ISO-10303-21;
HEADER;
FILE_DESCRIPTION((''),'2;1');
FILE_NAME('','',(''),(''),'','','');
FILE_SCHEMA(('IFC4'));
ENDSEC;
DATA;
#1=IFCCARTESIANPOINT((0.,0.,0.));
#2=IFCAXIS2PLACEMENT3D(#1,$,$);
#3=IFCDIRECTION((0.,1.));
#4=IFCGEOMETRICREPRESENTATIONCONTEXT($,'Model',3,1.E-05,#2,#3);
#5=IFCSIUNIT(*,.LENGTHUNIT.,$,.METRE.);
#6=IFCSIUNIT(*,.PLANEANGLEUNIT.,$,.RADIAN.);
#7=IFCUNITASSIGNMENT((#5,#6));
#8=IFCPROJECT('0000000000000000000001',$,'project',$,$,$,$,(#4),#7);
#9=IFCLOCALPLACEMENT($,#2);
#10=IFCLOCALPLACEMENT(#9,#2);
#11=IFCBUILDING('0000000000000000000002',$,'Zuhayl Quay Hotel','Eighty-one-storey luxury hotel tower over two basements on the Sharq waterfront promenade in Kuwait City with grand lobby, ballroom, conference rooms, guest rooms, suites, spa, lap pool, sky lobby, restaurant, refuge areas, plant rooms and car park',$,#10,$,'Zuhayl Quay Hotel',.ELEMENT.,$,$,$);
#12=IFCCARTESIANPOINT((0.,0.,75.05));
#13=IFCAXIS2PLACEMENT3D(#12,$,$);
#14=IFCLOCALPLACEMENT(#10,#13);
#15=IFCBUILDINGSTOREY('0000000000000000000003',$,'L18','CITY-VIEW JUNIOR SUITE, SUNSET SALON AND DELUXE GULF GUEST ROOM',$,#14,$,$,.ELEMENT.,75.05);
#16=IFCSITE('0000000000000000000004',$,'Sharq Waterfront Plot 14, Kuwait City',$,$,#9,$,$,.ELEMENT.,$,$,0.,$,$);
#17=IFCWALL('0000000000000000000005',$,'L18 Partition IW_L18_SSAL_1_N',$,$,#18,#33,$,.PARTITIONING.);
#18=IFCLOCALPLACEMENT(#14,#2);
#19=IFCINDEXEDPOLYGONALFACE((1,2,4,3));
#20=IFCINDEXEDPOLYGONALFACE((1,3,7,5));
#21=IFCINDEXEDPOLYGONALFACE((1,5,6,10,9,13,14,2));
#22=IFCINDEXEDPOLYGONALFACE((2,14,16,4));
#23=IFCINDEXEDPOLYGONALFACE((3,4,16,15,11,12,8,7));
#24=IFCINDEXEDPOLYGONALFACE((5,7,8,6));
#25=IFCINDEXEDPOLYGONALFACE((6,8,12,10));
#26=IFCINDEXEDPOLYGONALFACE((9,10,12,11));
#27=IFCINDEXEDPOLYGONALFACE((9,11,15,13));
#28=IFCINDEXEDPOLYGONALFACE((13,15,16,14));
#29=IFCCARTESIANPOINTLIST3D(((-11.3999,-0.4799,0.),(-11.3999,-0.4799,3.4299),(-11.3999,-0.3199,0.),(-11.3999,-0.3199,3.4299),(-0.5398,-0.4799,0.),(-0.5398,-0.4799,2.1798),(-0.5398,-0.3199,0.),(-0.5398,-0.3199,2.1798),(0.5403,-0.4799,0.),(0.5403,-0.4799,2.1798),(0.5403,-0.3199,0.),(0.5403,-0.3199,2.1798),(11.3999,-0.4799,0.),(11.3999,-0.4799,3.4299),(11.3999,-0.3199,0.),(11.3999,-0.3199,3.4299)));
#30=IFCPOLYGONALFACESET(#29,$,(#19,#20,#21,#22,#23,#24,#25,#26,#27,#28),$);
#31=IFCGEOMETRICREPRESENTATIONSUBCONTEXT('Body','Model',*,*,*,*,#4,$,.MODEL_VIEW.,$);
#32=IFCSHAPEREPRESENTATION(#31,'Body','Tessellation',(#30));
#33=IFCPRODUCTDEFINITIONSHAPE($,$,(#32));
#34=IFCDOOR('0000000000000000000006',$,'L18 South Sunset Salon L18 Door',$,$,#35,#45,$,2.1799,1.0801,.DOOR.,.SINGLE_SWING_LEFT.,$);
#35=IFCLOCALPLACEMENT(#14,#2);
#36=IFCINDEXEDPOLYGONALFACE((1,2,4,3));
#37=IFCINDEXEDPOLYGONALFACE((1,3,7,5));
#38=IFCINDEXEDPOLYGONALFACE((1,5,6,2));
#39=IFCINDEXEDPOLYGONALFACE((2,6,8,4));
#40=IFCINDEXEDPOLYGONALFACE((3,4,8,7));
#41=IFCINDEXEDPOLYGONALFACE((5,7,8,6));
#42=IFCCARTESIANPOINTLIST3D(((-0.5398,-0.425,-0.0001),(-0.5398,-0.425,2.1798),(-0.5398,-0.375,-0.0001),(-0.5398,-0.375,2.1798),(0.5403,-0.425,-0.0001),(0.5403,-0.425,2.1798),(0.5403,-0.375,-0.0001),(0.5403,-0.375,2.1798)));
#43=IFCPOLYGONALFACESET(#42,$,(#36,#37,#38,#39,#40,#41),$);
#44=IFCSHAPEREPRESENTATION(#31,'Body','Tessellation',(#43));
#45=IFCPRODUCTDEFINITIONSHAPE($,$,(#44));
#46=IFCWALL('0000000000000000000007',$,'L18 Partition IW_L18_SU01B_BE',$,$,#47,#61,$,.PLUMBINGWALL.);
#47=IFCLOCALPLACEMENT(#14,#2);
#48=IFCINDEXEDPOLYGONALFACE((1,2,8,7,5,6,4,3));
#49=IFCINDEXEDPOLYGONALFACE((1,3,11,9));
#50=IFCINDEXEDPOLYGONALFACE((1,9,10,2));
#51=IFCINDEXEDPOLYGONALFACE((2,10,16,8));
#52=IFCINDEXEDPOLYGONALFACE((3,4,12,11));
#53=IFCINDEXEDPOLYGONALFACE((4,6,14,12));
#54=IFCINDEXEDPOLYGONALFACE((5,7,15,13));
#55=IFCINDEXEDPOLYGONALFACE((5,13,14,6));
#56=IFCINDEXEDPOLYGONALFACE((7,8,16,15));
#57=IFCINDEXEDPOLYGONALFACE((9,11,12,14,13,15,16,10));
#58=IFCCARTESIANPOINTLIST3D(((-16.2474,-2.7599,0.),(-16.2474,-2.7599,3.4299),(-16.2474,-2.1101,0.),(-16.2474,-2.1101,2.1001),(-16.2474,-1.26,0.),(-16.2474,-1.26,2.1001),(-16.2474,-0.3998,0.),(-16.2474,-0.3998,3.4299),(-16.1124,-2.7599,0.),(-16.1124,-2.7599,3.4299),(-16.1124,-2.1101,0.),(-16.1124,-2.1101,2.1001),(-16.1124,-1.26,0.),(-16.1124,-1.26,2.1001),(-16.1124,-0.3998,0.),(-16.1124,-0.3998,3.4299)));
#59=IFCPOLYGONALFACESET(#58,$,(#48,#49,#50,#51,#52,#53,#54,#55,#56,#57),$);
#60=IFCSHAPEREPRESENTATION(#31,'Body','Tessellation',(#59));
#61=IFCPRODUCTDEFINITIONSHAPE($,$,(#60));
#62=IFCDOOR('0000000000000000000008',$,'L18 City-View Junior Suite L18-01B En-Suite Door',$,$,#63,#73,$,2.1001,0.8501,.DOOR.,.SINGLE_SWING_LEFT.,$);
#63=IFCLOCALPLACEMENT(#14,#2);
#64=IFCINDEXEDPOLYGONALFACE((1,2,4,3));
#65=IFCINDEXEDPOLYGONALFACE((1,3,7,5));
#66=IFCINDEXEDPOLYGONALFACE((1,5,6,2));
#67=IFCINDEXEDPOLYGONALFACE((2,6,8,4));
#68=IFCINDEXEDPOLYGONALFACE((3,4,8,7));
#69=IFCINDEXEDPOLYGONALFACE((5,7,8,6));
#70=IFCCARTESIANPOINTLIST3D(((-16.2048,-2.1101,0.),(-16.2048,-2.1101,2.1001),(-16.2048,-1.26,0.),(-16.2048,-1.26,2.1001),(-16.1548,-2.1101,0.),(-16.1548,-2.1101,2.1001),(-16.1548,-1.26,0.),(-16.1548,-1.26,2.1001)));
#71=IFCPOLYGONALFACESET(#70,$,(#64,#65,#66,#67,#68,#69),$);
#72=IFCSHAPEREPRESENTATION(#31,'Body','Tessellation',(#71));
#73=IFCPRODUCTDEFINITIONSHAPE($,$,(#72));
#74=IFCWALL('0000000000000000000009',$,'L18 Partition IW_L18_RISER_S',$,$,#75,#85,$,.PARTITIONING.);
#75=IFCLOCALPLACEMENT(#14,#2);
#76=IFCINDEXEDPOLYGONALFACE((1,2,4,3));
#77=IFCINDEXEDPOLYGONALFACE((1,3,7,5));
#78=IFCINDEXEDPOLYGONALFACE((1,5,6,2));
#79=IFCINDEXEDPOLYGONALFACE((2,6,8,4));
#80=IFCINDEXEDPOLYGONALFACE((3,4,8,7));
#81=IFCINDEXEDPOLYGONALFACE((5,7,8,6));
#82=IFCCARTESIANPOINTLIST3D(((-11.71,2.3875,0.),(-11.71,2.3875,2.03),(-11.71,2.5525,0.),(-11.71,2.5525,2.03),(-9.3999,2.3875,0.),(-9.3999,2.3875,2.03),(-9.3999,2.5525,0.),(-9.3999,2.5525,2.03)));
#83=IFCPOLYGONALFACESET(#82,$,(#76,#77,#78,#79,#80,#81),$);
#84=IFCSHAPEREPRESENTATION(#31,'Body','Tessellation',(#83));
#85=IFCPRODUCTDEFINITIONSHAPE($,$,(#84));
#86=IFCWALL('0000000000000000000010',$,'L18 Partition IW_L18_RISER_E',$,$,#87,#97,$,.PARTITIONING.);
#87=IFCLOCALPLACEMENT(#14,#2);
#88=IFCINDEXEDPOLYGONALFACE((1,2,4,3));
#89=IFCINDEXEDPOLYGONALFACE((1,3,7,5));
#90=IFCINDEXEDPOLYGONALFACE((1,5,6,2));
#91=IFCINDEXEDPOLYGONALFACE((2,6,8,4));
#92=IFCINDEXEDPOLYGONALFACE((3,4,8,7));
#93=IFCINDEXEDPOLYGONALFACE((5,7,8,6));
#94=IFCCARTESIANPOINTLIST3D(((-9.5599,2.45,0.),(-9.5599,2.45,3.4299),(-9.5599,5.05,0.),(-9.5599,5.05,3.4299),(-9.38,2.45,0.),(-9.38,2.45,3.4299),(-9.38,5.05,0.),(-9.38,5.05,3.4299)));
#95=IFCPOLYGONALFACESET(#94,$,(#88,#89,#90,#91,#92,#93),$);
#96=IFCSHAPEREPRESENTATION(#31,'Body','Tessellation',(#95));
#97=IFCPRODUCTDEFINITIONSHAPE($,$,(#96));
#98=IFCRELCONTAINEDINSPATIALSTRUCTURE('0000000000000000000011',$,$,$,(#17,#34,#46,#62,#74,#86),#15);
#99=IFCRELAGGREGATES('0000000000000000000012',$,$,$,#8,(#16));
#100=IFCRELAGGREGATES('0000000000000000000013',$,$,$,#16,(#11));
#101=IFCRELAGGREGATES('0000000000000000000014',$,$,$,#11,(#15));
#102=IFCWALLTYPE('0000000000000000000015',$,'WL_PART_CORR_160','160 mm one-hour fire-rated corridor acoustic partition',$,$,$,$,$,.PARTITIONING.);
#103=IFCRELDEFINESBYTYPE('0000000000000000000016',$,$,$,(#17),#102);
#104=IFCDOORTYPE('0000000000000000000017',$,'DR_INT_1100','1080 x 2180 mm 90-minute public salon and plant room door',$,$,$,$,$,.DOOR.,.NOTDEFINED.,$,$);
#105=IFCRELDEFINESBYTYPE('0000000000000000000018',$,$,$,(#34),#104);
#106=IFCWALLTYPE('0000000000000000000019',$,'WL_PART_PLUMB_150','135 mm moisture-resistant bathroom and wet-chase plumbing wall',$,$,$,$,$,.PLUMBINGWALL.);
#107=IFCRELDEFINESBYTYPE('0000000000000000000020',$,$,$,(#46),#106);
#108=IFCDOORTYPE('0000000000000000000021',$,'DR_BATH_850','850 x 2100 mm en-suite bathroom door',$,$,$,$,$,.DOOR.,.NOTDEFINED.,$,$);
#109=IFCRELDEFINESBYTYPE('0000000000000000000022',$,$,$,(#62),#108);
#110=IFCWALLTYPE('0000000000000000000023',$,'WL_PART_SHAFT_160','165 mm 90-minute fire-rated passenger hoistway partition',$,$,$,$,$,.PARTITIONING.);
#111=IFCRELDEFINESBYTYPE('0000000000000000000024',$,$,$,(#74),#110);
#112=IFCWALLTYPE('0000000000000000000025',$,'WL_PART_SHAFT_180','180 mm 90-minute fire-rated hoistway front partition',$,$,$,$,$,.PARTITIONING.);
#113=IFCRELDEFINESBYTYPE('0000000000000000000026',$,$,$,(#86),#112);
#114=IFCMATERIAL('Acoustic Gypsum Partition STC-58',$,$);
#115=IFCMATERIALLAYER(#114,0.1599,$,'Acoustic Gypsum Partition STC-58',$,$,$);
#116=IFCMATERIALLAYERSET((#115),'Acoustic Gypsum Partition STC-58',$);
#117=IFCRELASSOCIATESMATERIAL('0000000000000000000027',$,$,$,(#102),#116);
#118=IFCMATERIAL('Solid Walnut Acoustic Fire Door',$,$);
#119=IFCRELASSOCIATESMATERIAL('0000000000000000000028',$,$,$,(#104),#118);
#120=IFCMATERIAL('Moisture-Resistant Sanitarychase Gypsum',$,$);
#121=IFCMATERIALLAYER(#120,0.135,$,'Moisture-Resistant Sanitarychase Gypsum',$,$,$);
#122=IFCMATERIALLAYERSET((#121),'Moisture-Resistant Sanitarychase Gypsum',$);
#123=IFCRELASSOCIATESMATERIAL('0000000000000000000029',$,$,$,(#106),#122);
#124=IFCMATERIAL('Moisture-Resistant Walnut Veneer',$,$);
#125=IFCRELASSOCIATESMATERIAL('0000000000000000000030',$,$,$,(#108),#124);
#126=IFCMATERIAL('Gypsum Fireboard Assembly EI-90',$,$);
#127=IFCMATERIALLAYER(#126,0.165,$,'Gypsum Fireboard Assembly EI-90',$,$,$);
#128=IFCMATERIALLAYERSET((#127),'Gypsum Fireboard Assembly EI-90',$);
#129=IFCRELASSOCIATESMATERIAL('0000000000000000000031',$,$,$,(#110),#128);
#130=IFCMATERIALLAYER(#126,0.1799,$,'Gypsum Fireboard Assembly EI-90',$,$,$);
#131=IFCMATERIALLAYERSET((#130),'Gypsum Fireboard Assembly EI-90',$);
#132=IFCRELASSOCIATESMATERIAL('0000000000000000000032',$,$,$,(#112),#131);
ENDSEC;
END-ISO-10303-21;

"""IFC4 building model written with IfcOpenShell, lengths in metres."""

from ifc_helpers import new_model, si_unit, direction, frame, frame_2d, origin, place, context, subcontext, project, spatial, rectangle, extrude, material, layer, layer_set, type_object, element, fill, save


model = new_model("IFC4")

# Units and contexts
model_context = context("Model", 3, precision=1e-05, world=origin(), true_north=direction((0.0, 1.0)))
body_context = subcontext(model_context, "Body", "Model", "MODEL_VIEW")
ifc_project = project(units=[si_unit("LENGTHUNIT", "METRE"), si_unit("PLANEANGLEUNIT", "RADIAN")], contexts=[model_context])

# Site, building, storey
site_placement = place(None, origin())
site = spatial("IfcSite", under=ifc_project, at=site_placement, Name="Sharq Waterfront Plot 14, Kuwait City", CompositionType="ELEMENT", RefElevation=0.0)
building_placement = place(site_placement, origin())
building = spatial("IfcBuilding", under=site, at=building_placement, Name="Zuhayl Quay Hotel", Description="Eighty-one-storey luxury hotel tower over two basements on the Sharq waterfront promenade in Kuwait City with grand lobby, ballroom, conference rooms, guest rooms, suites, spa, lap pool, sky lobby, restaurant, refuge areas, plant rooms and car park", LongName="Zuhayl Quay Hotel", CompositionType="ELEMENT")
storey_placement = place(building_placement, frame((0.0, 0.0, 75.05)))
storey = spatial("IfcBuildingStorey", under=building, at=storey_placement, Name="L18", Description="CITY-VIEW JUNIOR SUITE, SUNSET SALON AND DELUXE GULF GUEST ROOM", CompositionType="ELEMENT", Elevation=75.05)

# Walls, openings, doors
ifc_material_1 = material(Name="Acoustic Gypsum Partition STC-58")
ifc_layer_1 = layer(ifc_material_1, 0.1599, Name="Acoustic Gypsum Partition STC-58")
ifc_layer_set_1 = layer_set([ifc_layer_1], Name="Acoustic Gypsum Partition STC-58")
wall_type_1 = type_object("IfcWallType", Name="WL_PART_CORR_160", Description="160 mm one-hour fire-rated corridor acoustic partition", PredefinedType="PARTITIONING", material=ifc_layer_set_1)
wall_1_placement = place(storey_placement, frame((-11.3999, -0.3999, 0.0), z_axis=(0.0, 0.0, 1.0), x_axis=(1.0, 0.0, 0.0)))
wall_1 = element("IfcWall", 1, at=wall_1_placement, inside=storey, type_object=wall_type_1, Name="L18 Partition IW_L18_SSAL_1_N", PredefinedType="PARTITIONING", context=body_context, shape_type="SweptSolid", body=[
    extrude(rectangle(XDim=22.7998, YDim=0.1599, at=frame_2d((11.3999, 0.0))), origin(), (0.0, 0.0, 1.0), 3.4299),
])
opening_1_placement = place(wall_1_placement, frame((10.8601, 0.0, 0.0)))
opening_1 = element("IfcOpeningElement", 2, at=opening_1_placement, cuts=wall_1, PredefinedType="OPENING", context=body_context, shape_type="SweptSolid", body=[
    extrude(rectangle(XDim=1.0801, YDim=2.1799, at=frame_2d((0.54, 1.0898))), frame((0.0, 0.0898, 0.0), z_axis=(0.0, -1.0, 0.0), x_axis=(1.0, 0.0, 0.0)), (0.0, 0.0, 1.0), 0.1799),
])
ifc_material_2 = material(Name="Solid Walnut Acoustic Fire Door")
door_type_1 = type_object("IfcDoorType", Name="DR_INT_1100", Description="1080 x 2180 mm 90-minute public salon and plant room door", OperationType="NOTDEFINED", PredefinedType="DOOR", material=ifc_material_2)
door_1_placement = place(opening_1_placement, origin())
door_1 = element("IfcDoor", 3, at=door_1_placement, inside=storey, type_object=door_type_1, Name="L18 South Sunset Salon L18 Door", OperationType="SINGLE_SWING_LEFT", OverallHeight=2.1799, OverallWidth=1.0801, PredefinedType="DOOR", context=body_context, shape_type="SweptSolid", body=[
    extrude(rectangle(XDim=1.0801, YDim=2.1799, at=frame_2d((0.54, 1.0898))), frame((0.0, 0.0249, 0.0), z_axis=(0.0, -1.0, 0.0), x_axis=(1.0, 0.0, 0.0)), (0.0, 0.0, 1.0), 0.05),
])
fill(opening_1, door_1)
ifc_material_3 = material(Name="Moisture-Resistant Sanitarychase Gypsum")
ifc_layer_2 = layer(ifc_material_3, 0.135, Name="Moisture-Resistant Sanitarychase Gypsum")
ifc_layer_set_2 = layer_set([ifc_layer_2], Name="Moisture-Resistant Sanitarychase Gypsum")
wall_type_2 = type_object("IfcWallType", Name="WL_PART_PLUMB_150", Description="135 mm moisture-resistant bathroom and wet-chase plumbing wall", PredefinedType="PLUMBINGWALL", material=ifc_layer_set_2)
wall_2_placement = place(storey_placement, frame((-16.1799, -2.76, 0.0), z_axis=(0.0, 0.0, 1.0), x_axis=(0.0, 1.0, 0.0)))
wall_2 = element("IfcWall", 4, at=wall_2_placement, inside=storey, type_object=wall_type_2, Name="L18 Partition IW_L18_SU01B_BE", PredefinedType="PLUMBINGWALL", context=body_context, shape_type="SweptSolid", body=[
    extrude(rectangle(XDim=2.3601, YDim=0.135, at=frame_2d((1.1802, 0.0))), origin(), (0.0, 0.0, 1.0), 3.4299),
])
opening_2_placement = place(wall_2_placement, frame((0.6499, 0.0, 0.0)))
opening_2 = element("IfcOpeningElement", 5, at=opening_2_placement, cuts=wall_2, PredefinedType="OPENING", context=body_context, shape_type="SweptSolid", body=[
    extrude(rectangle(XDim=0.8501, YDim=2.1001, at=frame_2d((0.425, 1.05))), frame((0.0, 0.0774, 0.0), z_axis=(0.0, -1.0, 0.0), x_axis=(1.0, 0.0, 0.0)), (0.0, 0.0, 1.0), 0.155),
])
ifc_material_4 = material(Name="Moisture-Resistant Walnut Veneer")
door_type_2 = type_object("IfcDoorType", Name="DR_BATH_850", Description="850 x 2100 mm en-suite bathroom door", OperationType="NOTDEFINED", PredefinedType="DOOR", material=ifc_material_4)
door_2_placement = place(opening_2_placement, origin())
door_2 = element("IfcDoor", 6, at=door_2_placement, inside=storey, type_object=door_type_2, Name="L18 City-View Junior Suite L18-01B En-Suite Door", OperationType="SINGLE_SWING_LEFT", OverallHeight=2.1001, OverallWidth=0.8501, PredefinedType="DOOR", context=body_context, shape_type="SweptSolid", body=[
    extrude(rectangle(XDim=0.8501, YDim=2.1001, at=frame_2d((0.425, 1.05))), frame((0.0, 0.0249, 0.0), z_axis=(0.0, -1.0, 0.0), x_axis=(1.0, 0.0, 0.0)), (0.0, 0.0, 1.0), 0.05),
])
fill(opening_2, door_2)

# Walls
ifc_material_5 = material(Name="Gypsum Fireboard Assembly EI-90")
ifc_layer_3 = layer(ifc_material_5, 0.165, Name="Gypsum Fireboard Assembly EI-90")
ifc_layer_set_3 = layer_set([ifc_layer_3], Name="Gypsum Fireboard Assembly EI-90")
wall_type_3 = type_object("IfcWallType", Name="WL_PART_SHAFT_160", Description="165 mm 90-minute fire-rated passenger hoistway partition", PredefinedType="PARTITIONING", material=ifc_layer_set_3)
wall_3_placement = place(storey_placement, frame((-11.71, 2.47, 0.0), z_axis=(0.0, 0.0, 1.0), x_axis=(1.0, 0.0, 0.0)))
element("IfcWall", 7, at=wall_3_placement, inside=storey, type_object=wall_type_3, Name="L18 Partition IW_L18_RISER_S", PredefinedType="PARTITIONING", context=body_context, shape_type="SweptSolid", body=[
    extrude(rectangle(XDim=2.3101, YDim=0.165, at=frame_2d((1.155, 0.0))), origin(), (0.0, 0.0, 1.0), 2.03),
])
ifc_layer_4 = layer(ifc_material_5, 0.1799, Name="Gypsum Fireboard Assembly EI-90")
ifc_layer_set_4 = layer_set([ifc_layer_4], Name="Gypsum Fireboard Assembly EI-90")
wall_type_4 = type_object("IfcWallType", Name="WL_PART_SHAFT_180", Description="180 mm 90-minute fire-rated hoistway front partition", PredefinedType="PARTITIONING", material=ifc_layer_set_4)
wall_4_placement = place(storey_placement, frame((-9.47, 2.45, 0.0), z_axis=(0.0, 0.0, 1.0), x_axis=(0.0, 1.0, 0.0)))
element("IfcWall", 8, at=wall_4_placement, inside=storey, type_object=wall_type_4, Name="L18 Partition IW_L18_RISER_E", PredefinedType="PARTITIONING", context=body_context, shape_type="SweptSolid", body=[
    extrude(rectangle(XDim=2.6001, YDim=0.1799, at=frame_2d((1.3, 0.0))), origin(), (0.0, 0.0, 1.0), 3.4299),
])

save(model, "model.ifc")
